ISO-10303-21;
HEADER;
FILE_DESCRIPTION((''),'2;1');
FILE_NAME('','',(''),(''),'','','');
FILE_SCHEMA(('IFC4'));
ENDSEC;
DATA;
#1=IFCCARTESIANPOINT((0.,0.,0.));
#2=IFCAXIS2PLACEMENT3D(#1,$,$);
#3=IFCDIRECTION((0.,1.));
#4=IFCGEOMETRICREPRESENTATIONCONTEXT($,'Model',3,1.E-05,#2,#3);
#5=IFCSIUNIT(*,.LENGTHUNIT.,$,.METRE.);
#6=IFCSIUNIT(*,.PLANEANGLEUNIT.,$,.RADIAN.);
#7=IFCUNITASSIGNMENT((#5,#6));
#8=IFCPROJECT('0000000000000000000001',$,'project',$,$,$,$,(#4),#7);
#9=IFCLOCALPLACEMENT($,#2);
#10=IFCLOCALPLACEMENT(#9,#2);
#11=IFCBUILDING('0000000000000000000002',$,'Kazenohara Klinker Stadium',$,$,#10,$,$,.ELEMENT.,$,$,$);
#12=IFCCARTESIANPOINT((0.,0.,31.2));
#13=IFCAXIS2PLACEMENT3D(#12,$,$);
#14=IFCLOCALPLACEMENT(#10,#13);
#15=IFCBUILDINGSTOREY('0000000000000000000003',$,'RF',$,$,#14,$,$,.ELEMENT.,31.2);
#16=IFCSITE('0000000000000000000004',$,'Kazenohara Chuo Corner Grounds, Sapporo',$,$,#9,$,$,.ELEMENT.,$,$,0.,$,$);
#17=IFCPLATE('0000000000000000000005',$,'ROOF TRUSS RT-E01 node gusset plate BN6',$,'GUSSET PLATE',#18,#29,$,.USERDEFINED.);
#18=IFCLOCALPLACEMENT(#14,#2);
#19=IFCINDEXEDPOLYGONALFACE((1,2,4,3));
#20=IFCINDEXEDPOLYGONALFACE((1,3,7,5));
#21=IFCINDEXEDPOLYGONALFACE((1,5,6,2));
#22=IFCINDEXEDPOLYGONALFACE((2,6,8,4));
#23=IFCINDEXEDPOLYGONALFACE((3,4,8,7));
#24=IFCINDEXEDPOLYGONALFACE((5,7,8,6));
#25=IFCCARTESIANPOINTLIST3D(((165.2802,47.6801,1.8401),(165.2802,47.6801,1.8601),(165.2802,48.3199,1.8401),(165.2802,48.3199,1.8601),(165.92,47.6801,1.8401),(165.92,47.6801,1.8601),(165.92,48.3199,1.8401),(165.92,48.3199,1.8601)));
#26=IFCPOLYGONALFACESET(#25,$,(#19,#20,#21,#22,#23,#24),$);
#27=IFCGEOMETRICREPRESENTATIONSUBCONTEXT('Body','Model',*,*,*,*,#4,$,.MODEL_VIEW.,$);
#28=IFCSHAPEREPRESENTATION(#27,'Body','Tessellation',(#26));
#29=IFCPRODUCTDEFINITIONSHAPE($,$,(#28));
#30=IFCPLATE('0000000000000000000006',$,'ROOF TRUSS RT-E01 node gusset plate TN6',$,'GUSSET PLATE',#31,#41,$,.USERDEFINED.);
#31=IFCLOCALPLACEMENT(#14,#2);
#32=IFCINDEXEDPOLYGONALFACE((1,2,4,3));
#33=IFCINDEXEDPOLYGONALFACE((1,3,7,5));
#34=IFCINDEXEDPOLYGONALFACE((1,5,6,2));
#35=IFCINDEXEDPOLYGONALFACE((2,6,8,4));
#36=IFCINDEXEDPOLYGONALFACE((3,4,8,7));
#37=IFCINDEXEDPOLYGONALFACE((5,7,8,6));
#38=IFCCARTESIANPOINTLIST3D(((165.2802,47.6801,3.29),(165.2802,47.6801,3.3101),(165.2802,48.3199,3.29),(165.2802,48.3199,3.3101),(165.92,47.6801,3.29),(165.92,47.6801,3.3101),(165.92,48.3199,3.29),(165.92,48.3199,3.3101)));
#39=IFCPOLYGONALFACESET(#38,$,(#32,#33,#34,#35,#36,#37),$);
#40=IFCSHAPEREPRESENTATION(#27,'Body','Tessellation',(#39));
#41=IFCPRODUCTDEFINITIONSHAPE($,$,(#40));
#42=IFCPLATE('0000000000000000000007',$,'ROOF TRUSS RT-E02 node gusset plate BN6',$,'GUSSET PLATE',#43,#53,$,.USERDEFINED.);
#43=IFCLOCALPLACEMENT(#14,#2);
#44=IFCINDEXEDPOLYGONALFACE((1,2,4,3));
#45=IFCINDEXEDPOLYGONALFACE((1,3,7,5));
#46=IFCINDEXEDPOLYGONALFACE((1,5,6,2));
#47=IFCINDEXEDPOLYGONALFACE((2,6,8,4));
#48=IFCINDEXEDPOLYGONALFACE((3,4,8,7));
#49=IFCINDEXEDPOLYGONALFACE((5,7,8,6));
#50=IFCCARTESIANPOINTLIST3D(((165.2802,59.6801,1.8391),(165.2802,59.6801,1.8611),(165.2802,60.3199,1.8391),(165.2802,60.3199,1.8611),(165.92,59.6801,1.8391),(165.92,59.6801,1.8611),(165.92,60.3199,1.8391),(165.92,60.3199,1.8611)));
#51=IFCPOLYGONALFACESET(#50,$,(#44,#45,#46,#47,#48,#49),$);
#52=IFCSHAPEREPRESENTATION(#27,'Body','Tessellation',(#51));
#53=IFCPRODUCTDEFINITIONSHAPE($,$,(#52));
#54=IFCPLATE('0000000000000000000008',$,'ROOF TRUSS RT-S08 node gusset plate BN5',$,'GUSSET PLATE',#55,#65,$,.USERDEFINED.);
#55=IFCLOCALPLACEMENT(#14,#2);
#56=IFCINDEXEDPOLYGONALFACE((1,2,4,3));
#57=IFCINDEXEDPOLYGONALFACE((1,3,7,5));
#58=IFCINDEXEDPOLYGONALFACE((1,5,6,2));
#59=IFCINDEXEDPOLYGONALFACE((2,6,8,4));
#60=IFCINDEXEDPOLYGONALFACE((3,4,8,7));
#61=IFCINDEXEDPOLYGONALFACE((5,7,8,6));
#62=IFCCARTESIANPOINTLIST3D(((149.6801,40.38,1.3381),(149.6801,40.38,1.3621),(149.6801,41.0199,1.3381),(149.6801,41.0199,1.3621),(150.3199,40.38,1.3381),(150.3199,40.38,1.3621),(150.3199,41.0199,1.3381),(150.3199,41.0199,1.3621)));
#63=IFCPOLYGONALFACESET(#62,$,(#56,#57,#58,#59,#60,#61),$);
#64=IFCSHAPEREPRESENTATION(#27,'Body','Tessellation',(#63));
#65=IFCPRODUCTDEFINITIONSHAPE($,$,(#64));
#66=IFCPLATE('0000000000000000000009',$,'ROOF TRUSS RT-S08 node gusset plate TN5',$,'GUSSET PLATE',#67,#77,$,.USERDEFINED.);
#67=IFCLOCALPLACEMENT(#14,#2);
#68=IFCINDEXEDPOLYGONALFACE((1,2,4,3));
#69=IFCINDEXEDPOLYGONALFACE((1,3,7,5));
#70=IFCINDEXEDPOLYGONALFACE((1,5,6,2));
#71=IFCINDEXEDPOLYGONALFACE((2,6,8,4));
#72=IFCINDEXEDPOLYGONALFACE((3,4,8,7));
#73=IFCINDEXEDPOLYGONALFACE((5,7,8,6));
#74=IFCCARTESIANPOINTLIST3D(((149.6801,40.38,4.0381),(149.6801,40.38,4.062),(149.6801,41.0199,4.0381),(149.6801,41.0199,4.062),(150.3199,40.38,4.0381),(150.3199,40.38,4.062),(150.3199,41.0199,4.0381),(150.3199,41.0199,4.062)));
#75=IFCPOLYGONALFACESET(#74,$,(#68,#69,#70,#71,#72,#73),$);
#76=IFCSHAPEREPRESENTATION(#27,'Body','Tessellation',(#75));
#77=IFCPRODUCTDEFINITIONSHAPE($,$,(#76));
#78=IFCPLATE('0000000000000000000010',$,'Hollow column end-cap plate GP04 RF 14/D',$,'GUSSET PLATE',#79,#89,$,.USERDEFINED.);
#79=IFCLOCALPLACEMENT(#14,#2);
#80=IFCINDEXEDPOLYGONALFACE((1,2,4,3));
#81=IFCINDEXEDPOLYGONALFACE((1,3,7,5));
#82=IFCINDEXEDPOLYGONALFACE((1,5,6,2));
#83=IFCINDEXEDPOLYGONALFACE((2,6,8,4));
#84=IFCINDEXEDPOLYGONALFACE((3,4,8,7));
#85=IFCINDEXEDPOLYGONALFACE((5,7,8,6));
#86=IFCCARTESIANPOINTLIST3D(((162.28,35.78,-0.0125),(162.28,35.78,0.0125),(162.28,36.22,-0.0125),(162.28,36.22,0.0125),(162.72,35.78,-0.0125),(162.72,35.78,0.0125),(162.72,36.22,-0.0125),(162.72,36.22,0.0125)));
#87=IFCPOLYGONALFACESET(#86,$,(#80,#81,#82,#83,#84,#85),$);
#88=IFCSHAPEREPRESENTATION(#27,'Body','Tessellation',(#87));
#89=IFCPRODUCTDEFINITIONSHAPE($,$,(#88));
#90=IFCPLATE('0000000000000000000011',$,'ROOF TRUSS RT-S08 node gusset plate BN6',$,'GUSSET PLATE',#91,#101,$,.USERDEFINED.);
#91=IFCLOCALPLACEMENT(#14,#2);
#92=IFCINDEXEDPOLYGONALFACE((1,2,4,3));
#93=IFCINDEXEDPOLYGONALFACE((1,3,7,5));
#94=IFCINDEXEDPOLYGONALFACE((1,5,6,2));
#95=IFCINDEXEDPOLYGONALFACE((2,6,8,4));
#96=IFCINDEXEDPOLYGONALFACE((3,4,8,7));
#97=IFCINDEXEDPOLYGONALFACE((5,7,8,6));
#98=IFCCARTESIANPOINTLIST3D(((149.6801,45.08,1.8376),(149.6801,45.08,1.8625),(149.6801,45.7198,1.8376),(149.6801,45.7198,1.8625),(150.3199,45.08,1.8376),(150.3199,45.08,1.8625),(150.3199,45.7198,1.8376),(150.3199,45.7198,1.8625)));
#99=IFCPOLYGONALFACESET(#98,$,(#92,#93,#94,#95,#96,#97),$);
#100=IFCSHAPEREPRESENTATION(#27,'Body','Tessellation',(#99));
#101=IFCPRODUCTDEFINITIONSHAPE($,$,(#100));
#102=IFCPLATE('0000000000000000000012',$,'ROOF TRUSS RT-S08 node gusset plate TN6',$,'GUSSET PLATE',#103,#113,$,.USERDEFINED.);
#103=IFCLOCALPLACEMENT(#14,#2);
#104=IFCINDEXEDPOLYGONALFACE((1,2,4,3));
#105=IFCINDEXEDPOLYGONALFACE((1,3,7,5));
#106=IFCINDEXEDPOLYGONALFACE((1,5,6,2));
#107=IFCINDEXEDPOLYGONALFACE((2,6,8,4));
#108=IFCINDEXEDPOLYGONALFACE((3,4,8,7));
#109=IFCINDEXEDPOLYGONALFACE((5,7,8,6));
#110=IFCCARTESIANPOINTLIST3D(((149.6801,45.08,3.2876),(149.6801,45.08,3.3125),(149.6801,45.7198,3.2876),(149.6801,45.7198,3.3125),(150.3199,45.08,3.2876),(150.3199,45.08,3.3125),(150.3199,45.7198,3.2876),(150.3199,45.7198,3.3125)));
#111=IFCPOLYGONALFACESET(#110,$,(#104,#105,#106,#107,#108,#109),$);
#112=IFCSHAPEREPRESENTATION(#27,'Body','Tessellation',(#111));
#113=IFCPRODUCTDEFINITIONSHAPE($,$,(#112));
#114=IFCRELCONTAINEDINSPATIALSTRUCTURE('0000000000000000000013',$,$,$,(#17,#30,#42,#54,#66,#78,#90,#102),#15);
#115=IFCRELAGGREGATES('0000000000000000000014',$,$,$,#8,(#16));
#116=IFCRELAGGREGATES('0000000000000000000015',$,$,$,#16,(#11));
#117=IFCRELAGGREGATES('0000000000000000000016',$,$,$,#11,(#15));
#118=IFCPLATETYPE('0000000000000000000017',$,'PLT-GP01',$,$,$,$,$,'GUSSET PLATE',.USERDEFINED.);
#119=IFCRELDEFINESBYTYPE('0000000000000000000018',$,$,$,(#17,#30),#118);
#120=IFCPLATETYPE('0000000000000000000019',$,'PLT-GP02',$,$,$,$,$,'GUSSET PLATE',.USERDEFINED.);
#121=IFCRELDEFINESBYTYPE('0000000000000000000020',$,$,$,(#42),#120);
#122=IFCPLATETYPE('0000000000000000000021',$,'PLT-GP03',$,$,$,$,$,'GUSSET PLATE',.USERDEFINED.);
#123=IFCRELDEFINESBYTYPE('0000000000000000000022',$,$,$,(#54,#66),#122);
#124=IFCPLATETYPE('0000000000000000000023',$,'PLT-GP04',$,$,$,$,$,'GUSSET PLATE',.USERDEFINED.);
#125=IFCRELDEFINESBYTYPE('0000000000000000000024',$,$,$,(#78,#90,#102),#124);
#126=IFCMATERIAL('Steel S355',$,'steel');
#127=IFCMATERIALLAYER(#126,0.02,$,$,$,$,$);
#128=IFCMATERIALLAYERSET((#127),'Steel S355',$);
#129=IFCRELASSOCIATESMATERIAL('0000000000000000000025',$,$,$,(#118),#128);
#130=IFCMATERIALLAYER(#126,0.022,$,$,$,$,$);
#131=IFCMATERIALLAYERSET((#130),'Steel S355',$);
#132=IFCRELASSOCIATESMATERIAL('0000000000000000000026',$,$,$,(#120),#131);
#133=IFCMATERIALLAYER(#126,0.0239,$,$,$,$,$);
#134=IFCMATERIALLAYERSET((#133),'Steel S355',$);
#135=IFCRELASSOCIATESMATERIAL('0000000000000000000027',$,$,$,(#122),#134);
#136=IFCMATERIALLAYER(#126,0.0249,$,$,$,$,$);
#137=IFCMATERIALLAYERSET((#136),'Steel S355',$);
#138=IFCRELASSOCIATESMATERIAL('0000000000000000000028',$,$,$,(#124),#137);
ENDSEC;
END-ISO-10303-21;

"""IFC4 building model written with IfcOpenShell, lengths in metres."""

from ifc_helpers import new_model, si_unit, direction, frame, origin, origin_2d, place, context, subcontext, project, spatial, rectangle, extrude, material, layer, layer_set, type_object, element, save


model = new_model("IFC4")

# Units and contexts
model_context = context("Model", 3, precision=1e-05, world=origin(), true_north=direction((0.0, 1.0)))
body_context = subcontext(model_context, "Body", "Model", "MODEL_VIEW")
ifc_project = project(units=[si_unit("LENGTHUNIT", "METRE"), si_unit("PLANEANGLEUNIT", "RADIAN")], contexts=[model_context])

# Site, building, storey
site_placement = place(None, origin())
site = spatial("IfcSite", under=ifc_project, at=site_placement, Name="Kazenohara Chuo Corner Grounds, Sapporo", CompositionType="ELEMENT", RefElevation=0.0)
building_placement = place(site_placement, origin())
building = spatial("IfcBuilding", under=site, at=building_placement, Name="Kazenohara Klinker Stadium", CompositionType="ELEMENT")
storey_placement = place(building_placement, frame((0.0, 0.0, 31.2)))
storey = spatial("IfcBuildingStorey", under=building, at=storey_placement, Name="RF", CompositionType="ELEMENT", Elevation=31.2)

# Shared definitions
ifc_material = material(Name="Steel S355", Category="steel")

# Plates
ifc_layer_1 = layer(ifc_material, 0.02)
ifc_layer_set_1 = layer_set([ifc_layer_1], Name="Steel S355")
plate_type_1 = type_object("IfcPlateType", Name="PLT-GP01", ElementType="GUSSET PLATE", PredefinedType="USERDEFINED", material=ifc_layer_set_1)
for number, where, z_axis, x_axis, name in (
    (1, (165.6001, 48.0, 1.8401), (0.0, 0.0, 1.0), (1.0, 0.0, 0.0), "ROOF TRUSS RT-E01 node gusset plate BN6"),
    (2, (165.6001, 48.0, 3.29), (0.0, 0.0, 1.0), (1.0, 0.0, 0.0), "ROOF TRUSS RT-E01 node gusset plate TN6"),
):
    element("IfcPlate", number, at=place(storey_placement, frame(where, z_axis=z_axis, x_axis=x_axis)), inside=storey, type_object=plate_type_1, Name=name, ObjectType="GUSSET PLATE", PredefinedType="USERDEFINED", context=body_context, shape_type="SweptSolid", body=[
        extrude(rectangle(XDim=0.6399, YDim=0.6399, at=origin_2d()), origin(), (0.0, 0.0, 1.0), 0.02),
    ])
ifc_layer_2 = layer(ifc_material, 0.022)
ifc_layer_set_2 = layer_set([ifc_layer_2], Name="Steel S355")
plate_type_2 = type_object("IfcPlateType", Name="PLT-GP02", ElementType="GUSSET PLATE", PredefinedType="USERDEFINED", material=ifc_layer_set_2)
plate_1_placement = place(storey_placement, frame((165.6001, 60.0, 1.8391), z_axis=(0.0, 0.0, 1.0), x_axis=(1.0, 0.0, 0.0)))
element("IfcPlate", 3, at=plate_1_placement, inside=storey, type_object=plate_type_2, Name="ROOF TRUSS RT-E02 node gusset plate BN6", ObjectType="GUSSET PLATE", PredefinedType="USERDEFINED", context=body_context, shape_type="SweptSolid", body=[
    extrude(rectangle(XDim=0.6399, YDim=0.6399, at=origin_2d()), origin(), (0.0, 0.0, 1.0), 0.022),
])
ifc_layer_3 = layer(ifc_material, 0.0239)
ifc_layer_set_3 = layer_set([ifc_layer_3], Name="Steel S355")
plate_type_3 = type_object("IfcPlateType", Name="PLT-GP03", ElementType="GUSSET PLATE", PredefinedType="USERDEFINED", material=ifc_layer_set_3)
for number, where, z_axis, x_axis, name in (
    (4, (150.0, 40.7, 1.3381), (0.0, 0.0, 1.0), (1.0, 0.0, 0.0), "ROOF TRUSS RT-S08 node gusset plate BN5"),
    (5, (150.0, 40.7, 4.0381), (0.0, 0.0, 1.0), (1.0, 0.0, 0.0), "ROOF TRUSS RT-S08 node gusset plate TN5"),
):
    element("IfcPlate", number, at=place(storey_placement, frame(where, z_axis=z_axis, x_axis=x_axis)), inside=storey, type_object=plate_type_3, Name=name, ObjectType="GUSSET PLATE", PredefinedType="USERDEFINED", context=body_context, shape_type="SweptSolid", body=[
        extrude(rectangle(XDim=0.6399, YDim=0.6399, at=origin_2d()), origin(), (0.0, 0.0, 1.0), 0.0239),
    ])
ifc_layer_4 = layer(ifc_material, 0.0249)
ifc_layer_set_4 = layer_set([ifc_layer_4], Name="Steel S355")
plate_type_4 = type_object("IfcPlateType", Name="PLT-GP04", ElementType="GUSSET PLATE", PredefinedType="USERDEFINED", material=ifc_layer_set_4)
plate_2_placement = place(storey_placement, frame((162.5, 36.0, -0.0125), z_axis=(0.0, 0.0, 1.0), x_axis=(1.0, 0.0, 0.0)))
element("IfcPlate", 6, at=plate_2_placement, inside=storey, type_object=plate_type_4, Name="Hollow column end-cap plate GP04 RF 14/D", ObjectType="GUSSET PLATE", PredefinedType="USERDEFINED", context=body_context, shape_type="SweptSolid", body=[
    extrude(rectangle(XDim=0.4399, YDim=0.4399, at=origin_2d()), origin(), (0.0, 0.0, 1.0), 0.0249),
])
for number, where, z_axis, x_axis, name in (
    (7, (150.0, 45.3999, 1.8376), (0.0, 0.0, 1.0), (1.0, 0.0, 0.0), "ROOF TRUSS RT-S08 node gusset plate BN6"),
    (8, (150.0, 45.3999, 3.2876), (0.0, 0.0, 1.0), (1.0, 0.0, 0.0), "ROOF TRUSS RT-S08 node gusset plate TN6"),
):
    element("IfcPlate", number, at=place(storey_placement, frame(where, z_axis=z_axis, x_axis=x_axis)), inside=storey, type_object=plate_type_4, Name=name, ObjectType="GUSSET PLATE", PredefinedType="USERDEFINED", context=body_context, shape_type="SweptSolid", body=[
        extrude(rectangle(XDim=0.6399, YDim=0.6399, at=origin_2d()), origin(), (0.0, 0.0, 1.0), 0.0249),
    ])

save(model, "model.ifc")
